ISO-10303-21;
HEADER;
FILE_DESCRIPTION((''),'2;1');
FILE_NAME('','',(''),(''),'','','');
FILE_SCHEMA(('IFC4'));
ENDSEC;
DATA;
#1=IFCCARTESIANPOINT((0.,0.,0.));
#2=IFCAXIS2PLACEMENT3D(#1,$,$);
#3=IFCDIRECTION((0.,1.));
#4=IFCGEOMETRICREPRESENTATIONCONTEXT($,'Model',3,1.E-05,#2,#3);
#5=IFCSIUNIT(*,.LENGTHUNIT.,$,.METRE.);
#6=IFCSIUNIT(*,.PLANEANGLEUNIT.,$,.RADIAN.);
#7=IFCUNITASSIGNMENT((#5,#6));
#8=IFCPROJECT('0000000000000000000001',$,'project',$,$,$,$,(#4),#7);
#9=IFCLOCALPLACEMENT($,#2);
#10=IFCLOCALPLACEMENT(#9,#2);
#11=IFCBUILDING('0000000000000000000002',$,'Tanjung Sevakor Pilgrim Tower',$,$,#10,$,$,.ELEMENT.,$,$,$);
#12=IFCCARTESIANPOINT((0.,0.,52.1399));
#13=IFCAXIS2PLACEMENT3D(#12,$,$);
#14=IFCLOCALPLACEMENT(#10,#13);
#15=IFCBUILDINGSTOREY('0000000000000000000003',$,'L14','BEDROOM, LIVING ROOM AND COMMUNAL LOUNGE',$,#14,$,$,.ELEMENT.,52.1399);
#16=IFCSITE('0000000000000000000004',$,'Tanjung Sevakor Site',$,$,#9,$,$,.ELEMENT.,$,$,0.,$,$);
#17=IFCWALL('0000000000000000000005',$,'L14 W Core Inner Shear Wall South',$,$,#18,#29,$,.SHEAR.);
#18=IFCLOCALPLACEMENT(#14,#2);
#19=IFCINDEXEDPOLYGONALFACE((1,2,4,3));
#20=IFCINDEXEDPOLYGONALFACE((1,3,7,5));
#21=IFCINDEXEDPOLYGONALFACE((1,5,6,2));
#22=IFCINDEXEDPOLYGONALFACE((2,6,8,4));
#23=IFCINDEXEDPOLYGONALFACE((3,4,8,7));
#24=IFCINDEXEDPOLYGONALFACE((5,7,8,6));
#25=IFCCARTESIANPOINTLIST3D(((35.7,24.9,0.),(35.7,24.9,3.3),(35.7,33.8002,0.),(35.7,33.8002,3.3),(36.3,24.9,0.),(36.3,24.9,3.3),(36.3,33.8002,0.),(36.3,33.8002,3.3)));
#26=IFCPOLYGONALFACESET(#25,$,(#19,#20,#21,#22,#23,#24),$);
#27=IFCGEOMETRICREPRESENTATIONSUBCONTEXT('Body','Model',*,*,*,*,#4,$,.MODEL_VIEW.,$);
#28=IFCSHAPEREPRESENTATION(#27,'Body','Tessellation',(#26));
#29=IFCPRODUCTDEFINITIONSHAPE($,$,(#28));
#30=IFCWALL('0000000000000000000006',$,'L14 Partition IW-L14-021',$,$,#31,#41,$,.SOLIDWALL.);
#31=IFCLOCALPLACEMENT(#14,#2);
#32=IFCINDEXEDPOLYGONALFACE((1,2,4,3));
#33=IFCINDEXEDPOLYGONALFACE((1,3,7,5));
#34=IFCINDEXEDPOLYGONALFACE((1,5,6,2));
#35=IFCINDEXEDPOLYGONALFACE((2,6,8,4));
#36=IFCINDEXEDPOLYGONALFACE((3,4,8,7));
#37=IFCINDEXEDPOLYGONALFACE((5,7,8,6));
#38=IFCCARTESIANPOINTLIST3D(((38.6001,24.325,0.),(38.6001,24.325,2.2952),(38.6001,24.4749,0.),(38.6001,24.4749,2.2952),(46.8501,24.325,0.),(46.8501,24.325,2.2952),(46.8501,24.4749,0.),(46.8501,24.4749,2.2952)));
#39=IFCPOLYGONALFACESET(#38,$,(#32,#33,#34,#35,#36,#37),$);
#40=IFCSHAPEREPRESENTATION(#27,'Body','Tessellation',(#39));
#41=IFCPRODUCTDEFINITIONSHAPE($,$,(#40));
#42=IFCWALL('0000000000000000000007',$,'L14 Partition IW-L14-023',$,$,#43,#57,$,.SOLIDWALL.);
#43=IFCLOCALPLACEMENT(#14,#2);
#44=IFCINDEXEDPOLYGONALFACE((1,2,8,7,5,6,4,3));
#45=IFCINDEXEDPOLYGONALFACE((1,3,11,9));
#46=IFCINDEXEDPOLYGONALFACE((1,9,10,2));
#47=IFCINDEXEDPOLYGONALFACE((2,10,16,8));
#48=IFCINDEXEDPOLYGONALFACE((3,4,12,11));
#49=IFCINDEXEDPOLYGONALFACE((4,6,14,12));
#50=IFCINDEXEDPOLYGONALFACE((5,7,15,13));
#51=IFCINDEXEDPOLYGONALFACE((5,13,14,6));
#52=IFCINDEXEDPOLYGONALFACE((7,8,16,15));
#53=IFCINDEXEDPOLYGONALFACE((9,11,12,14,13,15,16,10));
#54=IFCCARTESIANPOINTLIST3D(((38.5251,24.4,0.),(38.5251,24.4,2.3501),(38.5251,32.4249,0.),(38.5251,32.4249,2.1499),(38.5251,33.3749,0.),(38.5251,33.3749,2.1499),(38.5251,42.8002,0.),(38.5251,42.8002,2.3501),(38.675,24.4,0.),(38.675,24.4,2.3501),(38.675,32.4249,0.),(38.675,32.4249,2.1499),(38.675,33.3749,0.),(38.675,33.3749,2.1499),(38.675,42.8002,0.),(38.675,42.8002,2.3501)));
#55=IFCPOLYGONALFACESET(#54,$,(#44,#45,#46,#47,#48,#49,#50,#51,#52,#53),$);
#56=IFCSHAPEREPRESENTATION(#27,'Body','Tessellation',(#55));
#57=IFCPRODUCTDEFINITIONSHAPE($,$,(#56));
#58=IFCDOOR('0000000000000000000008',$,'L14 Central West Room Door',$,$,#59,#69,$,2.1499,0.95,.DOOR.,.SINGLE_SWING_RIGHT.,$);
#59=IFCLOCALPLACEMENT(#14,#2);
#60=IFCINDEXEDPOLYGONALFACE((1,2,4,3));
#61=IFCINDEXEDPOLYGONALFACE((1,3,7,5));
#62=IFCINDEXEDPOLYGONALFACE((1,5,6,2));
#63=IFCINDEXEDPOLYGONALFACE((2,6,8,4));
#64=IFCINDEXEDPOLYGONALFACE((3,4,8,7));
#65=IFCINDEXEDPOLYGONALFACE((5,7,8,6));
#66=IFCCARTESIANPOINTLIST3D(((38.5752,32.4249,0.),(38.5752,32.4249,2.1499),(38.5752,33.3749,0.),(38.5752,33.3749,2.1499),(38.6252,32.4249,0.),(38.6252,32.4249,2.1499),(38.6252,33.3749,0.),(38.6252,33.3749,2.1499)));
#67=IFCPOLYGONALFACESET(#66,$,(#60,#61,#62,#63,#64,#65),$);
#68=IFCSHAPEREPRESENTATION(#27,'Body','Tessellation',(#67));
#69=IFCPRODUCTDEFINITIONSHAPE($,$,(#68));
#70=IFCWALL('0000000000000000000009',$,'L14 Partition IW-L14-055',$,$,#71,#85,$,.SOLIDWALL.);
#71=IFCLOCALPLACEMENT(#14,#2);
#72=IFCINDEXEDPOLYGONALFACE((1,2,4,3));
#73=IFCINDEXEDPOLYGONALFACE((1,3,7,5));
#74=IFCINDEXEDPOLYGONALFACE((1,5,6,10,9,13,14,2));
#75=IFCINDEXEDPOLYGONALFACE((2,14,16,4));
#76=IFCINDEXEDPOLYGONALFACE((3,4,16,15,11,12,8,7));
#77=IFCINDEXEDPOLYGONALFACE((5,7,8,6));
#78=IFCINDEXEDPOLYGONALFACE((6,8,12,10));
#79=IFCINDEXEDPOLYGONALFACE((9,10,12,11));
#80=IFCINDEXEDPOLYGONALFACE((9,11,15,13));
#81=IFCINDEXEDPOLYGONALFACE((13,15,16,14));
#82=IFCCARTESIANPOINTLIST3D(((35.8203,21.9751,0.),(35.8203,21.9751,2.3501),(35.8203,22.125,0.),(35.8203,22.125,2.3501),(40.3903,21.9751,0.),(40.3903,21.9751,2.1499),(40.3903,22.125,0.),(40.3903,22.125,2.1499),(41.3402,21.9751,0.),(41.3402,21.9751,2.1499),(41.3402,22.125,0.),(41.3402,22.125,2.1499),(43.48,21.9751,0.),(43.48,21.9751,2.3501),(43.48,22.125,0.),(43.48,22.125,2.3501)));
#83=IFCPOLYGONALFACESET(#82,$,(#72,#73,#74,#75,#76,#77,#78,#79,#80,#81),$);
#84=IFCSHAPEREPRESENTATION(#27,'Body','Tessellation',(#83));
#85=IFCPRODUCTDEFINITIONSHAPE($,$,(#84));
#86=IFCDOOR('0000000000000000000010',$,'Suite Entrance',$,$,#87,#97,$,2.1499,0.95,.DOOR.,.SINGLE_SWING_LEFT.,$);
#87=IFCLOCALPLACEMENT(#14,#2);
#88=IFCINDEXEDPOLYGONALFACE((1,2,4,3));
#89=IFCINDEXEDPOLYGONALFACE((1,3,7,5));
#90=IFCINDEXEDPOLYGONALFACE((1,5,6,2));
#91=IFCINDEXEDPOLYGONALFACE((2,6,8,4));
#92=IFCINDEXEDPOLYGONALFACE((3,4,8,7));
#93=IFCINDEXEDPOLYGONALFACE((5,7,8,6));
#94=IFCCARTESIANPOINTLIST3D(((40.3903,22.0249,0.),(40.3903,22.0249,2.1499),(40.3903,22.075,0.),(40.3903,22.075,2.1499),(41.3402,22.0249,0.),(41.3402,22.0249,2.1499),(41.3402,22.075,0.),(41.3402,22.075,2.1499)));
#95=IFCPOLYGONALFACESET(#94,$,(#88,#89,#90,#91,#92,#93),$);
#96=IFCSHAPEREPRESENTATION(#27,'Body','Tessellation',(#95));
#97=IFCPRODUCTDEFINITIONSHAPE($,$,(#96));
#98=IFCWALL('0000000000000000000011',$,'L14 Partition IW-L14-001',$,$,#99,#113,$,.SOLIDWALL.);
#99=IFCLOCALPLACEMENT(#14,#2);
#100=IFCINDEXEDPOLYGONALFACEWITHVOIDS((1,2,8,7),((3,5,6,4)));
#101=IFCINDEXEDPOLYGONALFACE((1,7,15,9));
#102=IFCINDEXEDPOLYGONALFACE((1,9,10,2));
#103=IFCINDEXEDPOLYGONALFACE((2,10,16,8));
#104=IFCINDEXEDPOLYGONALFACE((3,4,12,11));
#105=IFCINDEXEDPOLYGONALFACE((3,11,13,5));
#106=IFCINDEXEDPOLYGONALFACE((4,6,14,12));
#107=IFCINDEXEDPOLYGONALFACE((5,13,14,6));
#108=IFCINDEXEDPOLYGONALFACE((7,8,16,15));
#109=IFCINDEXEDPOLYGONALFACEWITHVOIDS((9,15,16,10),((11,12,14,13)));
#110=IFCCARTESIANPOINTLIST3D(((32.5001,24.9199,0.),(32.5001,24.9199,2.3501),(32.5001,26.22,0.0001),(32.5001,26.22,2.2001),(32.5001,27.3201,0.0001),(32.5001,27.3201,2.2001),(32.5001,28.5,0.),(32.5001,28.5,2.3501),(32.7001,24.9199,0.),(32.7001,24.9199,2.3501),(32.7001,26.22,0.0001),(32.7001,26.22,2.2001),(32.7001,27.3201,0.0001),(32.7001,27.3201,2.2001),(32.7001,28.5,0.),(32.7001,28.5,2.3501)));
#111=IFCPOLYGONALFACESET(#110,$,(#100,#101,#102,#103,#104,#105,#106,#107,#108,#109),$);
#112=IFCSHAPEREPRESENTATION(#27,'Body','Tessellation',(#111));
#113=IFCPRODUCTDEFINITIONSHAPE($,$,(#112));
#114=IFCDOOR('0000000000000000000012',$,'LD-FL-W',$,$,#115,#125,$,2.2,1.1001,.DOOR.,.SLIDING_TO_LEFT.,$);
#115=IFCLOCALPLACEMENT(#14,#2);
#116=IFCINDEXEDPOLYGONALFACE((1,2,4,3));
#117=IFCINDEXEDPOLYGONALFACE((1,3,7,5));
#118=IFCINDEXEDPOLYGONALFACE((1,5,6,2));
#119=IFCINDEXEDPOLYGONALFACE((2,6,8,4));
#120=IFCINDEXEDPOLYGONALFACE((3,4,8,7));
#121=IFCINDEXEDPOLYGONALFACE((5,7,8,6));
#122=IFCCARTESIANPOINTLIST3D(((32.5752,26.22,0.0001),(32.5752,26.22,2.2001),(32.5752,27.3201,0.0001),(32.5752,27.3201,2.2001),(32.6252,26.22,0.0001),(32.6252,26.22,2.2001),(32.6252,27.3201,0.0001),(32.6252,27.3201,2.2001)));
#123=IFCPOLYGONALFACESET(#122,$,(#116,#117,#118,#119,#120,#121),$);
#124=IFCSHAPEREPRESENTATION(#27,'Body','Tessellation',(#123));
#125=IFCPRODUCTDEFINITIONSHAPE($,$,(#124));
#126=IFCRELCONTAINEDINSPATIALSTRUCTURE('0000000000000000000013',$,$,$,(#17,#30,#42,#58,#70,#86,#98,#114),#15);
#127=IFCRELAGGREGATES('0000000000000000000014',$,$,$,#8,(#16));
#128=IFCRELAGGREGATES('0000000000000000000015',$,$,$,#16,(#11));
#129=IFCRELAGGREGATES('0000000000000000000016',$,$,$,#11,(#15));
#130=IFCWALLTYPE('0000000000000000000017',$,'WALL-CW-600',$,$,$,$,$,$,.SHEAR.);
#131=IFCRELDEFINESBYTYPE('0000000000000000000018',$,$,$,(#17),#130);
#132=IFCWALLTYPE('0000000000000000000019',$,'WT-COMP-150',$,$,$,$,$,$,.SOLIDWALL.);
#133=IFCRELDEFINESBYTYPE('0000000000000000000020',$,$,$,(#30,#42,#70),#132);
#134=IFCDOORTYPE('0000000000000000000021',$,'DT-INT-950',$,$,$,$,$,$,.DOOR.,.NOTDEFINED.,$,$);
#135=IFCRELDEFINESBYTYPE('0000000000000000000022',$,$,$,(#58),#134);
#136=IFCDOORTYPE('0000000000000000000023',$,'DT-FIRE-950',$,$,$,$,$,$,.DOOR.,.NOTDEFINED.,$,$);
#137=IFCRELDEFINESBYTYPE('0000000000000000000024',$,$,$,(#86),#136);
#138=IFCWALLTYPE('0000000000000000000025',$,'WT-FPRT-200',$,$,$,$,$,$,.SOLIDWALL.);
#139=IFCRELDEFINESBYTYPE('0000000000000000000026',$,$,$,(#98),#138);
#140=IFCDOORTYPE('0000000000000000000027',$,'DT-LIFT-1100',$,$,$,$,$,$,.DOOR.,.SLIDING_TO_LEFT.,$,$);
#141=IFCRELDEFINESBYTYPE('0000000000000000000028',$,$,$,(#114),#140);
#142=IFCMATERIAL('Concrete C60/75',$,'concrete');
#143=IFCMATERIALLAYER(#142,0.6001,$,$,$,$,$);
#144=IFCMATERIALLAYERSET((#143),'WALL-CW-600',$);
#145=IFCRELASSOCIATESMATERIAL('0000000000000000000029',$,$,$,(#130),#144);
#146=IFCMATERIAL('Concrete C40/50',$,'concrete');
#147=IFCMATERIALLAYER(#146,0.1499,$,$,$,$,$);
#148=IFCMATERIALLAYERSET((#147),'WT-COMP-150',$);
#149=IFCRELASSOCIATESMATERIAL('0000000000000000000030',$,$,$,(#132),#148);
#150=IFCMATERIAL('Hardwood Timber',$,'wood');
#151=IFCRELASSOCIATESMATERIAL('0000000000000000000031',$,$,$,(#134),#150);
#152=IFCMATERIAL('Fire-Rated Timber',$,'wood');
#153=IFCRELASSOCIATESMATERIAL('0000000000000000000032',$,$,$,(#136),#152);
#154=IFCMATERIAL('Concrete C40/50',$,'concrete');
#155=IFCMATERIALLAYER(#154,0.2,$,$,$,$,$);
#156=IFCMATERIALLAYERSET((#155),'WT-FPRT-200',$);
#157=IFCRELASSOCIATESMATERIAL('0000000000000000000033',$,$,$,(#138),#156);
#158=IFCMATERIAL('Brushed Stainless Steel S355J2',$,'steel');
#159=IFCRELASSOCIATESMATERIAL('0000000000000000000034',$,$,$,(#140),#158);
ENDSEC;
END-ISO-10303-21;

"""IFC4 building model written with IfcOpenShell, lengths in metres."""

from ifc_helpers import new_model, si_unit, direction, frame, frame_2d, origin, place, context, subcontext, project, spatial, rectangle, extrude, material, layer, layer_set, type_object, element, fill, save


model = new_model("IFC4")

# Units and contexts
model_context = context("Model", 3, precision=1e-05, world=origin(), true_north=direction((0.0, 1.0)))
body_context = subcontext(model_context, "Body", "Model", "MODEL_VIEW")
ifc_project = project(units=[si_unit("LENGTHUNIT", "METRE"), si_unit("PLANEANGLEUNIT", "RADIAN")], contexts=[model_context])

# Site, building, storey
site_placement = place(None, origin())
site = spatial("IfcSite", under=ifc_project, at=site_placement, Name="Tanjung Sevakor Site", CompositionType="ELEMENT", RefElevation=0.0)
building_placement = place(site_placement, origin())
building = spatial("IfcBuilding", under=site, at=building_placement, Name="Tanjung Sevakor Pilgrim Tower", CompositionType="ELEMENT")
storey_placement = place(building_placement, frame((0.0, 0.0, 52.1399)))
storey = spatial("IfcBuildingStorey", under=building, at=storey_placement, Name="L14", Description="BEDROOM, LIVING ROOM AND COMMUNAL LOUNGE", CompositionType="ELEMENT", Elevation=52.1399)

# Wall
ifc_material_1 = material(Name="Concrete C60/75", Category="concrete")
ifc_layer_1 = layer(ifc_material_1, 0.6001)
ifc_layer_set_1 = layer_set([ifc_layer_1], Name="WALL-CW-600")
wall_type_1 = type_object("IfcWallType", Name="WALL-CW-600", PredefinedType="SHEAR", material=ifc_layer_set_1)
wall_1_placement = place(storey_placement, frame((36.0, 24.8999, 0.0), z_axis=(0.0, 0.0, 1.0), x_axis=(0.0, 1.0, 0.0)))
element("IfcWall", 1, at=wall_1_placement, inside=storey, type_object=wall_type_1, Name="L14 W Core Inner Shear Wall South", PredefinedType="SHEAR", context=body_context, shape_type="SweptSolid", body=[
    extrude(rectangle(XDim=8.9001, YDim=0.6001, at=frame_2d((4.4502, 0.0))), origin(), (0.0, 0.0, 1.0), 3.3),
])

# Wall
ifc_material_2 = material(Name="Concrete C40/50", Category="concrete")
ifc_layer_2 = layer(ifc_material_2, 0.1499)
ifc_layer_set_2 = layer_set([ifc_layer_2], Name="WT-COMP-150")
wall_type_2 = type_object("IfcWallType", Name="WT-COMP-150", PredefinedType="SOLIDWALL", material=ifc_layer_set_2)
wall_2_placement = place(storey_placement, frame((38.6001, 24.3999, 0.0), z_axis=(0.0, 0.0, 1.0), x_axis=(1.0, 0.0, 0.0)))
element("IfcWall", 2, at=wall_2_placement, inside=storey, type_object=wall_type_2, Name="L14 Partition IW-L14-021", PredefinedType="SOLIDWALL", context=body_context, shape_type="SweptSolid", body=[
    extrude(rectangle(XDim=8.25, YDim=0.1499, at=frame_2d((4.125, 0.0))), origin(), (0.0, 0.0, 1.0), 2.2952),
])

# Walls, openings, doors
wall_3_placement = place(storey_placement, frame((38.6001, 24.3999, 0.0), z_axis=(0.0, 0.0, 1.0), x_axis=(0.0, 1.0, 0.0)))
wall_3 = element("IfcWall", 3, at=wall_3_placement, inside=storey, type_object=wall_type_2, Name="L14 Partition IW-L14-023", PredefinedType="SOLIDWALL", context=body_context, shape_type="SweptSolid", body=[
    extrude(rectangle(XDim=18.4001, YDim=0.1499, at=frame_2d((9.2002, 0.0))), origin(), (0.0, 0.0, 1.0), 2.3501),
])
opening_1_placement = place(wall_3_placement, frame((8.0249, 0.0, 0.0)))
opening_1 = element("IfcOpeningElement", 4, at=opening_1_placement, cuts=wall_3, PredefinedType="OPENING", context=body_context, shape_type="SweptSolid", body=[
    extrude(rectangle(XDim=0.95, YDim=2.1499, at=frame_2d((0.4751, 1.075))), frame((0.0, 0.085, 0.0), z_axis=(0.0, -1.0, 0.0), x_axis=(1.0, 0.0, 0.0)), (0.0, 0.0, 1.0), 0.1699),
])
ifc_material_3 = material(Name="Hardwood Timber", Category="wood")
door_type_1 = type_object("IfcDoorType", Name="DT-INT-950", OperationType="NOTDEFINED", PredefinedType="DOOR", material=ifc_material_3)
door_1_placement = place(opening_1_placement, origin())
door_1 = element("IfcDoor", 5, at=door_1_placement, inside=storey, type_object=door_type_1, Name="L14 Central West Room Door", OperationType="SINGLE_SWING_RIGHT", OverallHeight=2.1499, OverallWidth=0.95, PredefinedType="DOOR", context=body_context, shape_type="SweptSolid", body=[
    extrude(rectangle(XDim=0.95, YDim=2.1499, at=frame_2d((0.4751, 1.075))), frame((0.0, 0.0249, 0.0), z_axis=(0.0, -1.0, 0.0), x_axis=(1.0, 0.0, 0.0)), (0.0, 0.0, 1.0), 0.05),
])
fill(opening_1, door_1)
wall_4_placement = place(storey_placement, frame((35.8203, 22.05, 0.0), z_axis=(0.0, 0.0, 1.0), x_axis=(1.0, 0.0, 0.0)))
wall_4 = element("IfcWall", 6, at=wall_4_placement, inside=storey, type_object=wall_type_2, Name="L14 Partition IW-L14-055", PredefinedType="SOLIDWALL", context=body_context, shape_type="SweptSolid", body=[
    extrude(rectangle(XDim=7.6597, YDim=0.1499, at=frame_2d((3.8298, 0.0))), origin(), (0.0, 0.0, 1.0), 2.3501),
])
opening_2_placement = place(wall_4_placement, frame((4.5698, 0.0, 0.0)))
opening_2 = element("IfcOpeningElement", 7, at=opening_2_placement, cuts=wall_4, PredefinedType="OPENING", context=body_context, shape_type="SweptSolid", body=[
    extrude(rectangle(XDim=0.95, YDim=2.1499, at=frame_2d((0.4751, 1.075))), frame((0.0, 0.085, 0.0), z_axis=(0.0, -1.0, 0.0), x_axis=(1.0, 0.0, 0.0)), (0.0, 0.0, 1.0), 0.1699),
])
ifc_material_4 = material(Name="Fire-Rated Timber", Category="wood")
door_type_2 = type_object("IfcDoorType", Name="DT-FIRE-950", OperationType="NOTDEFINED", PredefinedType="DOOR", material=ifc_material_4)
door_2_placement = place(opening_2_placement, origin())
door_2 = element("IfcDoor", 8, at=door_2_placement, inside=storey, type_object=door_type_2, Name="Suite Entrance", OperationType="SINGLE_SWING_LEFT", OverallHeight=2.1499, OverallWidth=0.95, PredefinedType="DOOR", context=body_context, shape_type="SweptSolid", body=[
    extrude(rectangle(XDim=0.95, YDim=2.1499, at=frame_2d((0.4751, 1.075))), frame((0.0, 0.0249, 0.0), z_axis=(0.0, -1.0, 0.0), x_axis=(1.0, 0.0, 0.0)), (0.0, 0.0, 1.0), 0.05),
])
fill(opening_2, door_2)
ifc_material_5 = material(Name="Concrete C40/50", Category="concrete")
ifc_layer_3 = layer(ifc_material_5, 0.2)
ifc_layer_set_3 = layer_set([ifc_layer_3], Name="WT-FPRT-200")
wall_type_3 = type_object("IfcWallType", Name="WT-FPRT-200", PredefinedType="SOLIDWALL", material=ifc_layer_set_3)
wall_5_placement = place(storey_placement, frame((32.6001, 24.9199, 0.0), z_axis=(0.0, 0.0, 1.0), x_axis=(0.0, 1.0, 0.0)))
wall_5 = element("IfcWall", 9, at=wall_5_placement, inside=storey, type_object=wall_type_3, Name="L14 Partition IW-L14-001", PredefinedType="SOLIDWALL", context=body_context, shape_type="SweptSolid", body=[
    extrude(rectangle(XDim=3.5801, YDim=0.2, at=frame_2d((1.79, 0.0))), origin(), (0.0, 0.0, 1.0), 2.3501),
])
opening_3_placement = place(wall_5_placement, frame((1.3, 0.0, 0.0)))
opening_3 = element("IfcOpeningElement", 10, at=opening_3_placement, cuts=wall_5, PredefinedType="OPENING", context=body_context, shape_type="SweptSolid", body=[
    extrude(rectangle(XDim=1.1001, YDim=2.2, at=frame_2d((0.55, 1.1001))), frame((0.0, 0.1099, 0.0), z_axis=(0.0, -1.0, 0.0), x_axis=(1.0, 0.0, 0.0)), (0.0, 0.0, 1.0), 0.22),
])
ifc_material_6 = material(Name="Brushed Stainless Steel S355J2", Category="steel")
door_type_3 = type_object("IfcDoorType", Name="DT-LIFT-1100", OperationType="SLIDING_TO_LEFT", PredefinedType="DOOR", material=ifc_material_6)
door_3_placement = place(opening_3_placement, origin())
door_3 = element("IfcDoor", 11, at=door_3_placement, inside=storey, type_object=door_type_3, Name="LD-FL-W", OperationType="SLIDING_TO_LEFT", OverallHeight=2.2, OverallWidth=1.1001, PredefinedType="DOOR", context=body_context, shape_type="SweptSolid", body=[
    extrude(rectangle(XDim=1.1001, YDim=2.2, at=frame_2d((0.55, 1.1001))), frame((0.0, 0.0249, 0.0), z_axis=(0.0, -1.0, 0.0), x_axis=(1.0, 0.0, 0.0)), (0.0, 0.0, 1.0), 0.05),
])
fill(opening_3, door_3)

save(model, "model.ifc")
